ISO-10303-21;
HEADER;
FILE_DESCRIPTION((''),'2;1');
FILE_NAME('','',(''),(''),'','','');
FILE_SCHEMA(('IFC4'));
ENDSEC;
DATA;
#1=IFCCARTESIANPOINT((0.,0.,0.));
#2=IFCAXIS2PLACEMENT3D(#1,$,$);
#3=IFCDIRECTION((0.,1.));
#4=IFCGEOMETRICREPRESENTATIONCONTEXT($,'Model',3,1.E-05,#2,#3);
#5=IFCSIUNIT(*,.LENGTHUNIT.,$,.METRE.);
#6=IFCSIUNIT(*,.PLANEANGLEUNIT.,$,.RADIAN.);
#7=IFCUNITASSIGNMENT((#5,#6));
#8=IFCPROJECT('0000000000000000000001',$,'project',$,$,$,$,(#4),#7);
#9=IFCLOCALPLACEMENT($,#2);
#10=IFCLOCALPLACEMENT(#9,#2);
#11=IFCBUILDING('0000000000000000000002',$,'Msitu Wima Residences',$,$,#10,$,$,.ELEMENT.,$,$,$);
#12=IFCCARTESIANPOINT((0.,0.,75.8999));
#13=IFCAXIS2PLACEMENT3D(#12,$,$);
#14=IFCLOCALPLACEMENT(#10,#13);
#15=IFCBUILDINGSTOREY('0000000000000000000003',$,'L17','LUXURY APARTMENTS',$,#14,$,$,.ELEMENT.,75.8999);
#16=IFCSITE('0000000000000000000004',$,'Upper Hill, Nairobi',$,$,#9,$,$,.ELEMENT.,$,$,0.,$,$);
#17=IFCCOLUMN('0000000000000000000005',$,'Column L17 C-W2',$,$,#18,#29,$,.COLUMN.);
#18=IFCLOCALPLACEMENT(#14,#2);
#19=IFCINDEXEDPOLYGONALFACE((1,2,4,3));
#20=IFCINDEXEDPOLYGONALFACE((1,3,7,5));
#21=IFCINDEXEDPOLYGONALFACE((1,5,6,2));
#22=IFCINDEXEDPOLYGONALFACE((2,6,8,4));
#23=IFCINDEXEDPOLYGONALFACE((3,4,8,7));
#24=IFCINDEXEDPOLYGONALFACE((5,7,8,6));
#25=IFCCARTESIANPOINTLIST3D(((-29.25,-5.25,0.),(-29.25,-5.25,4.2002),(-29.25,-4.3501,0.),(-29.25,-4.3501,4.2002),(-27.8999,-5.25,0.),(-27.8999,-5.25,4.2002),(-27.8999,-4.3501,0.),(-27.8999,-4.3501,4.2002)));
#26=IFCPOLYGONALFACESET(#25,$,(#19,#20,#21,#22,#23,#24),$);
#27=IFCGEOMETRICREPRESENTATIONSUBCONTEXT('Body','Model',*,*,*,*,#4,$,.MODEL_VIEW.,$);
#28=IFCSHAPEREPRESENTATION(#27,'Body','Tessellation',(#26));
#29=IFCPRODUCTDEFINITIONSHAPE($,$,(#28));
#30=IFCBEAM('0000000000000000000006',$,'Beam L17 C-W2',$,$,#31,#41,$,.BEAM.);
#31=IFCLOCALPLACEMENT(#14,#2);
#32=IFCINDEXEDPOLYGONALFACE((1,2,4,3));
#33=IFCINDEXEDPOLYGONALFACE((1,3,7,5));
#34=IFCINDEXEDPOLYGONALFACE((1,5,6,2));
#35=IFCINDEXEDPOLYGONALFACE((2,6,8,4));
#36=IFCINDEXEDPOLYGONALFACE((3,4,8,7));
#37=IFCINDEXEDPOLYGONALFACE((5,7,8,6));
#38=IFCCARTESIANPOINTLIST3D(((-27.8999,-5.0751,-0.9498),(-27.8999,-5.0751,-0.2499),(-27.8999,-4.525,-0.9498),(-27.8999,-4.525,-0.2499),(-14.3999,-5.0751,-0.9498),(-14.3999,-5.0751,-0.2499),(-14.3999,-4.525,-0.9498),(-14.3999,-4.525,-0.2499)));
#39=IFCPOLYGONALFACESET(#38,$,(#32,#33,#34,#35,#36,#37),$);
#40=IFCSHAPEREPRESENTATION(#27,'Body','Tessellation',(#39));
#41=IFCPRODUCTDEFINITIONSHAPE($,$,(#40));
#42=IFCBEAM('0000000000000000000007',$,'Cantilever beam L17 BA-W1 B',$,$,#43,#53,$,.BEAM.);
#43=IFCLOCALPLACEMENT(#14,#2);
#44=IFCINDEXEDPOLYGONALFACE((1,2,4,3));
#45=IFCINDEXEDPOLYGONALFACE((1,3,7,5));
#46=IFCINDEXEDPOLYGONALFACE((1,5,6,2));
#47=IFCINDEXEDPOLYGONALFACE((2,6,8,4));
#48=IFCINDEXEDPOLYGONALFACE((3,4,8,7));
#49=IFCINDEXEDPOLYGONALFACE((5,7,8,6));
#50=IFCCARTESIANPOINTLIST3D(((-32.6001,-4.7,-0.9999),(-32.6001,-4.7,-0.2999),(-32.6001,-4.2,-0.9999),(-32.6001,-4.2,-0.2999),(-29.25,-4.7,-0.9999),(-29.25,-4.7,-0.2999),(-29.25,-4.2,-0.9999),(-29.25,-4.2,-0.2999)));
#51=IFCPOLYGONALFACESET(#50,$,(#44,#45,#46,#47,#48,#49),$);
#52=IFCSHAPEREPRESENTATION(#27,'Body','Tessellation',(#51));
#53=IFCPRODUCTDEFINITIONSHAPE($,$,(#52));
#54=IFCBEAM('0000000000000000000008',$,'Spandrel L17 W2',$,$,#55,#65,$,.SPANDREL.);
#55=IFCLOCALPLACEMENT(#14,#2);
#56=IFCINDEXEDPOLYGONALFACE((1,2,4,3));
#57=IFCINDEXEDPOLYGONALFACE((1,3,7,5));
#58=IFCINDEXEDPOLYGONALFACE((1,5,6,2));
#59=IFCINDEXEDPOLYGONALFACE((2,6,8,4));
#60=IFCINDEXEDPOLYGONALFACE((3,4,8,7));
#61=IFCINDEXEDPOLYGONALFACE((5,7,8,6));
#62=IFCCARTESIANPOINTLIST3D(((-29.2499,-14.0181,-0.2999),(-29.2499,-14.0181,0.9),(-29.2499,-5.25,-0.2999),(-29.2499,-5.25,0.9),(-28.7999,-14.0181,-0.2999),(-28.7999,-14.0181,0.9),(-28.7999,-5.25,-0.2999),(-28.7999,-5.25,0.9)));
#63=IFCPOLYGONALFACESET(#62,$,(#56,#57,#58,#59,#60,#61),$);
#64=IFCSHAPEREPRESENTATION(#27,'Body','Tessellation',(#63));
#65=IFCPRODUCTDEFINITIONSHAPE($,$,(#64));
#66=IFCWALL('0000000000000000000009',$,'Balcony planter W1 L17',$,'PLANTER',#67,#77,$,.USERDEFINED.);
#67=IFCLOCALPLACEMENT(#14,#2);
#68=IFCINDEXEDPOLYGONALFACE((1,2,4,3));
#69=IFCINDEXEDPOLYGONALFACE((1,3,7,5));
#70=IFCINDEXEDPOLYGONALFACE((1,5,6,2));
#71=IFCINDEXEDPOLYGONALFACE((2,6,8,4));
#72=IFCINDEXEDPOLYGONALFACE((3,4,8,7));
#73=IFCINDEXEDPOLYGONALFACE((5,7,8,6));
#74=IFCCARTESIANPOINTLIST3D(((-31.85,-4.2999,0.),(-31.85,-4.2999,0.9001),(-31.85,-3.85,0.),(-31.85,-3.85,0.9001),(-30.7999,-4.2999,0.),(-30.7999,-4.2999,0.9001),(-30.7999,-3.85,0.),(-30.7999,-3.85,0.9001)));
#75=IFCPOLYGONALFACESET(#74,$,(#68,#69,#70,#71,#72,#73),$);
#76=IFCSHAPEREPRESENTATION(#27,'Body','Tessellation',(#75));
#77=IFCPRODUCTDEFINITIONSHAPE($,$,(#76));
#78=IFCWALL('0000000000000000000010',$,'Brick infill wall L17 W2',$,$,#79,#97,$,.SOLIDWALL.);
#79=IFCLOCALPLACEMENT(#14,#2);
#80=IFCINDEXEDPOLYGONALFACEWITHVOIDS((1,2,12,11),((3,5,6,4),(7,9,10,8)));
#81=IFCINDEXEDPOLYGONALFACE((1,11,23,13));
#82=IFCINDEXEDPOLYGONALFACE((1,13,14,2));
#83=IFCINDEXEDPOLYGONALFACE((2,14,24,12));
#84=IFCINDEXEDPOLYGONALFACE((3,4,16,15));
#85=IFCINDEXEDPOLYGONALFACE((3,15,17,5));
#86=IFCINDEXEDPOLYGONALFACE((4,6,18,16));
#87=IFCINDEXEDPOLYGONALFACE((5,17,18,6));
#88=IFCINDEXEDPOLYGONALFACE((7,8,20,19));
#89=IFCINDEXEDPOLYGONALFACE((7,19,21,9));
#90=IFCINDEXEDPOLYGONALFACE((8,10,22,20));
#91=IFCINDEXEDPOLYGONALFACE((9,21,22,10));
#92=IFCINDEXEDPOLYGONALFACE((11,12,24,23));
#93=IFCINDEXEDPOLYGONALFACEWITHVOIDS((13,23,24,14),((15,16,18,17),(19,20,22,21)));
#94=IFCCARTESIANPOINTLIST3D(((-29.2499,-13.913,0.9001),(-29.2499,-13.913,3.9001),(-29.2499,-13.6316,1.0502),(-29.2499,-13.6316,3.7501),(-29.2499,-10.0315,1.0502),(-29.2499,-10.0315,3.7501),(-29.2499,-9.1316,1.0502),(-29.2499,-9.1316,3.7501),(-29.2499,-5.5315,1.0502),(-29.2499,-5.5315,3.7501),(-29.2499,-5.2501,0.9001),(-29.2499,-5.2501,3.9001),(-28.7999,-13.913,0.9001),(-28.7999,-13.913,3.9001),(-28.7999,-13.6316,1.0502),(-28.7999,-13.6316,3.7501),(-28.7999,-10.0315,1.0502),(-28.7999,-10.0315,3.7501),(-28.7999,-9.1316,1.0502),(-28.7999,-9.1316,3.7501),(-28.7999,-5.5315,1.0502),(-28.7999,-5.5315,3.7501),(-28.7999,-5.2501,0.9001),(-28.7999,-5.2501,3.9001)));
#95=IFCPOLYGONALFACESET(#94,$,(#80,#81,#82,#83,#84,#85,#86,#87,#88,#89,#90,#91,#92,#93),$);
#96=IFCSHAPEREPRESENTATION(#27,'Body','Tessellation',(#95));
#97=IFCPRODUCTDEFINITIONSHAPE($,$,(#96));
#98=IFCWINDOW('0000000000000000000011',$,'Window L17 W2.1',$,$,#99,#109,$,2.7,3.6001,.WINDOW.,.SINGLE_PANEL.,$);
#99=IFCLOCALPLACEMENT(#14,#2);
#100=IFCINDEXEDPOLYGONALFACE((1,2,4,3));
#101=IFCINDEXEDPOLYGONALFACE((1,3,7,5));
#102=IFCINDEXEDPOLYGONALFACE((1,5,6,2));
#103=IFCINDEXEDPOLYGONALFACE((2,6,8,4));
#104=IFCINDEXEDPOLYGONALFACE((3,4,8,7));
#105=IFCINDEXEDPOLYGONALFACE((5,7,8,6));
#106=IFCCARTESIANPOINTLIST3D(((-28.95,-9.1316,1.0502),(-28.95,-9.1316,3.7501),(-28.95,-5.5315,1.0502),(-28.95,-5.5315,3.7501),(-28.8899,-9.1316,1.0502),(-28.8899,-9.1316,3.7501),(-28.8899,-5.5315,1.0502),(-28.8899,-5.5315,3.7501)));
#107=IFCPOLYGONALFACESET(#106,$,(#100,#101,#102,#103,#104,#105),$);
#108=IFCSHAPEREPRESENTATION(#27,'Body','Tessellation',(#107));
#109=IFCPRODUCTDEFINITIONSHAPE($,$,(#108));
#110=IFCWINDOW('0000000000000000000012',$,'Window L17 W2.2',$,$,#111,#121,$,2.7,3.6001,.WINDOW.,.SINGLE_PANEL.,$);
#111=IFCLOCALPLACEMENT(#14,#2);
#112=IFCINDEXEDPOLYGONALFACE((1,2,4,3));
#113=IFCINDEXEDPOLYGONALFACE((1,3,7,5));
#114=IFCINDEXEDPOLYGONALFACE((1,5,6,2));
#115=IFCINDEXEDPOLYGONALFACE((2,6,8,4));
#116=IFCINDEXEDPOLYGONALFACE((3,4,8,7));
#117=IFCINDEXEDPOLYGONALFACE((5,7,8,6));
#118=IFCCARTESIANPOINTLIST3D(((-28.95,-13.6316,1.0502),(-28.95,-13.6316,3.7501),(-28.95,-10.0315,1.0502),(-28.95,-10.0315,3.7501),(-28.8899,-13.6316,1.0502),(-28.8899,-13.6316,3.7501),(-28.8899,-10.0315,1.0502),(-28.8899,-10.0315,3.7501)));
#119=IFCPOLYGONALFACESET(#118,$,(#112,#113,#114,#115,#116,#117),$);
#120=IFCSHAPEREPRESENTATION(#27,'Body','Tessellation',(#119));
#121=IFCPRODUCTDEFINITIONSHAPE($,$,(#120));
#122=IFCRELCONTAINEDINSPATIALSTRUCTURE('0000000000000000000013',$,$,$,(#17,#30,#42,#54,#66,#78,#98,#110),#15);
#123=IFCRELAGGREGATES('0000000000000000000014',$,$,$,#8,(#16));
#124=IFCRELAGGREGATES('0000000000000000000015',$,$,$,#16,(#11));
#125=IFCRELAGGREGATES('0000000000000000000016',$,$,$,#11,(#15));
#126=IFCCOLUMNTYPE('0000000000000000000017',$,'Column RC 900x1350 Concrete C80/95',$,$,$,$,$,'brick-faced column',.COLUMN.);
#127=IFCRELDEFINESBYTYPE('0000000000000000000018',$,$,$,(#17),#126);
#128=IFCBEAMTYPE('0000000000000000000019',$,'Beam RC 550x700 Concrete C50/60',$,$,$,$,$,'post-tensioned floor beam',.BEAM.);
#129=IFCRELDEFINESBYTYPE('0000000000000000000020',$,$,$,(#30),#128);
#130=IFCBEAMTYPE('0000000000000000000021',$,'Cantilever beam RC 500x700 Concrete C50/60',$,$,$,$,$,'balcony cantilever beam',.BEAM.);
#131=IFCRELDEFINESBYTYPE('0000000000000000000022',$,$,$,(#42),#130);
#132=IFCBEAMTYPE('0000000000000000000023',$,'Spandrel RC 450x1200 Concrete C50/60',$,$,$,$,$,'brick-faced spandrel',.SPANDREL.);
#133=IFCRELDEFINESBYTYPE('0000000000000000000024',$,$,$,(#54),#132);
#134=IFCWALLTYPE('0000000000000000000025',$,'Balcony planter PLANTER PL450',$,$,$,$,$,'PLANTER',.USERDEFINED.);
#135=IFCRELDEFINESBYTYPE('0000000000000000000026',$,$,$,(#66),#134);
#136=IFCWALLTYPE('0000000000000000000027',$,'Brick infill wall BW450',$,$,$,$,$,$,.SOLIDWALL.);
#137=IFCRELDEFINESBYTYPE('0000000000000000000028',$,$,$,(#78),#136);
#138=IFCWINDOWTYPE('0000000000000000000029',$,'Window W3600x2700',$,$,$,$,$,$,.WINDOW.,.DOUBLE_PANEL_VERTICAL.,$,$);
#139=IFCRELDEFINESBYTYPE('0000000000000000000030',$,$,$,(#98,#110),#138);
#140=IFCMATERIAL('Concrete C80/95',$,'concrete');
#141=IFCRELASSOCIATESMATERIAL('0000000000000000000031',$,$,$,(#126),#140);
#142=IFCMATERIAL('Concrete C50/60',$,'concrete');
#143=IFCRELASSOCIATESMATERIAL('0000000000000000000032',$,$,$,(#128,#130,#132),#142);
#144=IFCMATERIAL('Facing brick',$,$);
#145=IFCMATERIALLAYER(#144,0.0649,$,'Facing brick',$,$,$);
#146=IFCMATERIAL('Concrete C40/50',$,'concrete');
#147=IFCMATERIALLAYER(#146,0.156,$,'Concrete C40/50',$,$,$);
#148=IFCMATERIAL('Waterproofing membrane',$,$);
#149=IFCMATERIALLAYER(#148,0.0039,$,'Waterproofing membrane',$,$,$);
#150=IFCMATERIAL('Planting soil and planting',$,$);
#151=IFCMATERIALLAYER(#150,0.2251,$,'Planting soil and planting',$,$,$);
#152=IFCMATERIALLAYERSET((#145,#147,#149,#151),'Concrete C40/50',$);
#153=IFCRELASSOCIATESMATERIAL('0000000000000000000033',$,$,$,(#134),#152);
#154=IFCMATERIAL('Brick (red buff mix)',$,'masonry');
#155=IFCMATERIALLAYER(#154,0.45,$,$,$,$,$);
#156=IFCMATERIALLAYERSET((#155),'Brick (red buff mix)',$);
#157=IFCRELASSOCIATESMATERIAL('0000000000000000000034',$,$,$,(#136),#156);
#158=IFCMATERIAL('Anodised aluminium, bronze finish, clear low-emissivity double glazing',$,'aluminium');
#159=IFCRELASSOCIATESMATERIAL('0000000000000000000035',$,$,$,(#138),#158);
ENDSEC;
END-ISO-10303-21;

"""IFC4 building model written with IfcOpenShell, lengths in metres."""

from ifc_helpers import new_model, si_unit, direction, frame, frame_2d, origin, origin_2d, place, context, subcontext, project, spatial, rectangle, extrude, material, layer, layer_set, material_profile, profile_set, type_object, element, fill, save


model = new_model("IFC4")

# Units and contexts
model_context = context("Model", 3, precision=1e-05, world=origin(), true_north=direction((0.0, 1.0)))
body_context = subcontext(model_context, "Body", "Model", "MODEL_VIEW")
ifc_project = project(units=[si_unit("LENGTHUNIT", "METRE"), si_unit("PLANEANGLEUNIT", "RADIAN")], contexts=[model_context])

# Site, building, storey
site_placement = place(None, origin())
site = spatial("IfcSite", under=ifc_project, at=site_placement, Name="Upper Hill, Nairobi", CompositionType="ELEMENT", RefElevation=0.0)
building_placement = place(site_placement, origin())
building = spatial("IfcBuilding", under=site, at=building_placement, Name="Msitu Wima Residences", CompositionType="ELEMENT")
storey_placement = place(building_placement, frame((0.0, 0.0, 75.8999)))
storey = spatial("IfcBuildingStorey", under=building, at=storey_placement, Name="L17", Description="LUXURY APARTMENTS", CompositionType="ELEMENT", Elevation=75.8999)

# Column
ifc_material_1 = material(Name="Concrete C80/95", Category="concrete")
ifc_material_profile_1 = material_profile(ifc_material_1, rectangle(XDim=0.8999, YDim=1.3501, at=origin_2d()), Name="RC 900x1350")
ifc_profile_set_1 = profile_set([ifc_material_profile_1], Name="Concrete C80/95")
column_type = type_object("IfcColumnType", Name="Column RC 900x1350 Concrete C80/95", ElementType="brick-faced column", PredefinedType="COLUMN", material=ifc_profile_set_1)
column_placement = place(storey_placement, frame((-28.575, -4.8, 0.0), z_axis=(0.0, 0.0, 1.0), x_axis=(0.0, -1.0, 0.0)))
element("IfcColumn", 1, at=column_placement, inside=storey, type_object=column_type, Name="Column L17 C-W2", PredefinedType="COLUMN", context=body_context, shape_type="SweptSolid", body=[
    extrude(rectangle(XDim=0.8999, YDim=1.3501, at=origin_2d()), origin(), (0.0, 0.0, 1.0), 4.2002),
])

# Beams
ifc_material_2 = material(Name="Concrete C50/60", Category="concrete")
ifc_material_profile_2 = material_profile(ifc_material_2, rectangle(XDim=0.55, YDim=0.7, at=origin_2d()), Name="RC 550x700")
ifc_profile_set_2 = profile_set([ifc_material_profile_2], Name="Concrete C50/60")
beam_type_1 = type_object("IfcBeamType", Name="Beam RC 550x700 Concrete C50/60", ElementType="post-tensioned floor beam", PredefinedType="BEAM", material=ifc_profile_set_2)
beam_1_placement = place(storey_placement, frame((-27.8999, -4.8, -0.5999), z_axis=(1.0, 0.0, 0.0), x_axis=(0.0, 1.0, 0.0)))
element("IfcBeam", 2, at=beam_1_placement, inside=storey, type_object=beam_type_1, Name="Beam L17 C-W2", PredefinedType="BEAM", context=body_context, shape_type="SweptSolid", body=[
    extrude(rectangle(XDim=0.55, YDim=0.7, at=origin_2d()), origin(), (0.0, 0.0, 1.0), 13.5),
])
ifc_material_profile_3 = material_profile(ifc_material_2, rectangle(XDim=0.5, YDim=0.7, at=origin_2d()), Name="RC 500x700")
ifc_profile_set_3 = profile_set([ifc_material_profile_3], Name="Concrete C50/60")
beam_type_2 = type_object("IfcBeamType", Name="Cantilever beam RC 500x700 Concrete C50/60", ElementType="balcony cantilever beam", PredefinedType="BEAM", material=ifc_profile_set_3)
beam_2_placement = place(storey_placement, frame((-29.25, -4.45, -0.6499), z_axis=(-1.0, 0.0, 0.0), x_axis=(0.0, -1.0, 0.0)))
element("IfcBeam", 3, at=beam_2_placement, inside=storey, type_object=beam_type_2, Name="Cantilever beam L17 BA-W1 B", PredefinedType="BEAM", context=body_context, shape_type="SweptSolid", body=[
    extrude(rectangle(XDim=0.5, YDim=0.7, at=origin_2d()), origin(), (0.0, 0.0, 1.0), 3.3501),
])
ifc_material_profile_4 = material_profile(ifc_material_2, rectangle(XDim=0.45, YDim=1.2, at=origin_2d()), Name="RC 450x1200")
ifc_profile_set_4 = profile_set([ifc_material_profile_4], Name="Concrete C50/60")
beam_type_3 = type_object("IfcBeamType", Name="Spandrel RC 450x1200 Concrete C50/60", ElementType="brick-faced spandrel", PredefinedType="SPANDREL", material=ifc_profile_set_4)
beam_3_placement = place(storey_placement, frame((-29.0249, -5.25, 0.3), z_axis=(0.0, -1.0, 0.0), x_axis=(1.0, 0.0, 0.0)))
element("IfcBeam", 4, at=beam_3_placement, inside=storey, type_object=beam_type_3, Name="Spandrel L17 W2", PredefinedType="SPANDREL", context=body_context, shape_type="SweptSolid", body=[
    extrude(rectangle(XDim=0.45, YDim=1.2, at=origin_2d()), origin(), (0.0, 0.0, 1.0), 8.7681),
])

# Wall
ifc_material_3 = material(Name="Facing brick")
ifc_layer_1 = layer(ifc_material_3, 0.0649, Name="Facing brick")
ifc_material_4 = material(Name="Concrete C40/50", Category="concrete")
ifc_layer_2 = layer(ifc_material_4, 0.156, Name="Concrete C40/50")
ifc_material_5 = material(Name="Waterproofing membrane")
ifc_layer_3 = layer(ifc_material_5, 0.0039, Name="Waterproofing membrane")
ifc_material_6 = material(Name="Planting soil and planting")
ifc_layer_4 = layer(ifc_material_6, 0.2251, Name="Planting soil and planting")
ifc_layer_set_1 = layer_set([ifc_layer_1, ifc_layer_2, ifc_layer_3, ifc_layer_4], Name="Concrete C40/50")
wall_type_1 = type_object("IfcWallType", Name="Balcony planter PLANTER PL450", ElementType="PLANTER", PredefinedType="USERDEFINED", material=ifc_layer_set_1)
wall_1_placement = place(storey_placement, frame((-30.8, -4.075, 0.0), z_axis=(0.0, 0.0, 1.0), x_axis=(-1.0, 0.0, 0.0)))
element("IfcWall", 5, at=wall_1_placement, inside=storey, type_object=wall_type_1, Name="Balcony planter W1 L17", ObjectType="PLANTER", PredefinedType="USERDEFINED", context=body_context, shape_type="SweptSolid", body=[
    extrude(rectangle(XDim=1.05, YDim=0.45, at=frame_2d((0.5249, 0.0))), origin(), (0.0, 0.0, 1.0), 0.9001),
])

# Wall, openings, windows
ifc_material_7 = material(Name="Brick (red buff mix)", Category="masonry")
ifc_layer_5 = layer(ifc_material_7, 0.45)
ifc_layer_set_2 = layer_set([ifc_layer_5], Name="Brick (red buff mix)")
wall_type_2 = type_object("IfcWallType", Name="Brick infill wall BW450", PredefinedType="SOLIDWALL", material=ifc_layer_set_2)
wall_2_placement = place(storey_placement, frame((-29.0249, -5.25, 0.9001), z_axis=(0.0, 0.0, 1.0), x_axis=(0.0, -1.0, 0.0)))
wall_2 = element("IfcWall", 6, at=wall_2_placement, inside=storey, type_object=wall_type_2, Name="Brick infill wall L17 W2", PredefinedType="SOLIDWALL", context=body_context, shape_type="SweptSolid", body=[
    extrude(rectangle(XDim=8.6628, YDim=0.45, at=frame_2d((4.3315, 0.0))), origin(), (0.0, 0.0, 1.0), 3.0),
])
opening_1_placement = place(wall_2_placement, frame((0.2815, 0.0, 0.1499)))
opening_1 = element("IfcOpeningElement", 7, at=opening_1_placement, cuts=wall_2, PredefinedType="OPENING", context=body_context, shape_type="SweptSolid", body=[
    extrude(rectangle(XDim=3.6001, YDim=2.7, at=frame_2d((1.8, 1.3501))), frame((0.0, 0.2349, 0.0), z_axis=(0.0, -1.0, 0.0), x_axis=(1.0, 0.0, 0.0)), (0.0, 0.0, 1.0), 0.47),
])
opening_2_placement = place(wall_2_placement, frame((4.7815, 0.0, 0.1499)))
opening_2 = element("IfcOpeningElement", 8, at=opening_2_placement, cuts=wall_2, PredefinedType="OPENING", context=body_context, shape_type="SweptSolid", body=[
    extrude(rectangle(XDim=3.6001, YDim=2.7, at=frame_2d((1.8, 1.3501))), frame((0.0, 0.2349, 0.0), z_axis=(0.0, -1.0, 0.0), x_axis=(1.0, 0.0, 0.0)), (0.0, 0.0, 1.0), 0.47),
])
ifc_material_8 = material(Name="Anodised aluminium, bronze finish, clear low-emissivity double glazing", Category="aluminium")
window_type = type_object("IfcWindowType", Name="Window W3600x2700", PartitioningType="DOUBLE_PANEL_VERTICAL", PredefinedType="WINDOW", material=ifc_material_8)
window_1_placement = place(opening_1_placement, origin())
window_1 = element("IfcWindow", 9, at=window_1_placement, inside=storey, type_object=window_type, Name="Window L17 W2.1", OverallHeight=2.7, OverallWidth=3.6001, PartitioningType="SINGLE_PANEL", PredefinedType="WINDOW", context=body_context, shape_type="SweptSolid", body=[
    extrude(rectangle(XDim=3.6001, YDim=2.7, at=frame_2d((1.8, 1.3501))), frame((0.0, 0.135, 0.0), z_axis=(0.0, -1.0, 0.0), x_axis=(1.0, 0.0, 0.0)), (0.0, 0.0, 1.0), 0.0601),
])
fill(opening_1, window_1)
window_2_placement = place(opening_2_placement, origin())
window_2 = element("IfcWindow", 10, at=window_2_placement, inside=storey, type_object=window_type, Name="Window L17 W2.2", OverallHeight=2.7, OverallWidth=3.6001, PartitioningType="SINGLE_PANEL", PredefinedType="WINDOW", context=body_context, shape_type="SweptSolid", body=[
    extrude(rectangle(XDim=3.6001, YDim=2.7, at=frame_2d((1.8, 1.3501))), frame((0.0, 0.135, 0.0), z_axis=(0.0, -1.0, 0.0), x_axis=(1.0, 0.0, 0.0)), (0.0, 0.0, 1.0), 0.0601),
])
fill(opening_2, window_2)

save(model, "model.ifc")
